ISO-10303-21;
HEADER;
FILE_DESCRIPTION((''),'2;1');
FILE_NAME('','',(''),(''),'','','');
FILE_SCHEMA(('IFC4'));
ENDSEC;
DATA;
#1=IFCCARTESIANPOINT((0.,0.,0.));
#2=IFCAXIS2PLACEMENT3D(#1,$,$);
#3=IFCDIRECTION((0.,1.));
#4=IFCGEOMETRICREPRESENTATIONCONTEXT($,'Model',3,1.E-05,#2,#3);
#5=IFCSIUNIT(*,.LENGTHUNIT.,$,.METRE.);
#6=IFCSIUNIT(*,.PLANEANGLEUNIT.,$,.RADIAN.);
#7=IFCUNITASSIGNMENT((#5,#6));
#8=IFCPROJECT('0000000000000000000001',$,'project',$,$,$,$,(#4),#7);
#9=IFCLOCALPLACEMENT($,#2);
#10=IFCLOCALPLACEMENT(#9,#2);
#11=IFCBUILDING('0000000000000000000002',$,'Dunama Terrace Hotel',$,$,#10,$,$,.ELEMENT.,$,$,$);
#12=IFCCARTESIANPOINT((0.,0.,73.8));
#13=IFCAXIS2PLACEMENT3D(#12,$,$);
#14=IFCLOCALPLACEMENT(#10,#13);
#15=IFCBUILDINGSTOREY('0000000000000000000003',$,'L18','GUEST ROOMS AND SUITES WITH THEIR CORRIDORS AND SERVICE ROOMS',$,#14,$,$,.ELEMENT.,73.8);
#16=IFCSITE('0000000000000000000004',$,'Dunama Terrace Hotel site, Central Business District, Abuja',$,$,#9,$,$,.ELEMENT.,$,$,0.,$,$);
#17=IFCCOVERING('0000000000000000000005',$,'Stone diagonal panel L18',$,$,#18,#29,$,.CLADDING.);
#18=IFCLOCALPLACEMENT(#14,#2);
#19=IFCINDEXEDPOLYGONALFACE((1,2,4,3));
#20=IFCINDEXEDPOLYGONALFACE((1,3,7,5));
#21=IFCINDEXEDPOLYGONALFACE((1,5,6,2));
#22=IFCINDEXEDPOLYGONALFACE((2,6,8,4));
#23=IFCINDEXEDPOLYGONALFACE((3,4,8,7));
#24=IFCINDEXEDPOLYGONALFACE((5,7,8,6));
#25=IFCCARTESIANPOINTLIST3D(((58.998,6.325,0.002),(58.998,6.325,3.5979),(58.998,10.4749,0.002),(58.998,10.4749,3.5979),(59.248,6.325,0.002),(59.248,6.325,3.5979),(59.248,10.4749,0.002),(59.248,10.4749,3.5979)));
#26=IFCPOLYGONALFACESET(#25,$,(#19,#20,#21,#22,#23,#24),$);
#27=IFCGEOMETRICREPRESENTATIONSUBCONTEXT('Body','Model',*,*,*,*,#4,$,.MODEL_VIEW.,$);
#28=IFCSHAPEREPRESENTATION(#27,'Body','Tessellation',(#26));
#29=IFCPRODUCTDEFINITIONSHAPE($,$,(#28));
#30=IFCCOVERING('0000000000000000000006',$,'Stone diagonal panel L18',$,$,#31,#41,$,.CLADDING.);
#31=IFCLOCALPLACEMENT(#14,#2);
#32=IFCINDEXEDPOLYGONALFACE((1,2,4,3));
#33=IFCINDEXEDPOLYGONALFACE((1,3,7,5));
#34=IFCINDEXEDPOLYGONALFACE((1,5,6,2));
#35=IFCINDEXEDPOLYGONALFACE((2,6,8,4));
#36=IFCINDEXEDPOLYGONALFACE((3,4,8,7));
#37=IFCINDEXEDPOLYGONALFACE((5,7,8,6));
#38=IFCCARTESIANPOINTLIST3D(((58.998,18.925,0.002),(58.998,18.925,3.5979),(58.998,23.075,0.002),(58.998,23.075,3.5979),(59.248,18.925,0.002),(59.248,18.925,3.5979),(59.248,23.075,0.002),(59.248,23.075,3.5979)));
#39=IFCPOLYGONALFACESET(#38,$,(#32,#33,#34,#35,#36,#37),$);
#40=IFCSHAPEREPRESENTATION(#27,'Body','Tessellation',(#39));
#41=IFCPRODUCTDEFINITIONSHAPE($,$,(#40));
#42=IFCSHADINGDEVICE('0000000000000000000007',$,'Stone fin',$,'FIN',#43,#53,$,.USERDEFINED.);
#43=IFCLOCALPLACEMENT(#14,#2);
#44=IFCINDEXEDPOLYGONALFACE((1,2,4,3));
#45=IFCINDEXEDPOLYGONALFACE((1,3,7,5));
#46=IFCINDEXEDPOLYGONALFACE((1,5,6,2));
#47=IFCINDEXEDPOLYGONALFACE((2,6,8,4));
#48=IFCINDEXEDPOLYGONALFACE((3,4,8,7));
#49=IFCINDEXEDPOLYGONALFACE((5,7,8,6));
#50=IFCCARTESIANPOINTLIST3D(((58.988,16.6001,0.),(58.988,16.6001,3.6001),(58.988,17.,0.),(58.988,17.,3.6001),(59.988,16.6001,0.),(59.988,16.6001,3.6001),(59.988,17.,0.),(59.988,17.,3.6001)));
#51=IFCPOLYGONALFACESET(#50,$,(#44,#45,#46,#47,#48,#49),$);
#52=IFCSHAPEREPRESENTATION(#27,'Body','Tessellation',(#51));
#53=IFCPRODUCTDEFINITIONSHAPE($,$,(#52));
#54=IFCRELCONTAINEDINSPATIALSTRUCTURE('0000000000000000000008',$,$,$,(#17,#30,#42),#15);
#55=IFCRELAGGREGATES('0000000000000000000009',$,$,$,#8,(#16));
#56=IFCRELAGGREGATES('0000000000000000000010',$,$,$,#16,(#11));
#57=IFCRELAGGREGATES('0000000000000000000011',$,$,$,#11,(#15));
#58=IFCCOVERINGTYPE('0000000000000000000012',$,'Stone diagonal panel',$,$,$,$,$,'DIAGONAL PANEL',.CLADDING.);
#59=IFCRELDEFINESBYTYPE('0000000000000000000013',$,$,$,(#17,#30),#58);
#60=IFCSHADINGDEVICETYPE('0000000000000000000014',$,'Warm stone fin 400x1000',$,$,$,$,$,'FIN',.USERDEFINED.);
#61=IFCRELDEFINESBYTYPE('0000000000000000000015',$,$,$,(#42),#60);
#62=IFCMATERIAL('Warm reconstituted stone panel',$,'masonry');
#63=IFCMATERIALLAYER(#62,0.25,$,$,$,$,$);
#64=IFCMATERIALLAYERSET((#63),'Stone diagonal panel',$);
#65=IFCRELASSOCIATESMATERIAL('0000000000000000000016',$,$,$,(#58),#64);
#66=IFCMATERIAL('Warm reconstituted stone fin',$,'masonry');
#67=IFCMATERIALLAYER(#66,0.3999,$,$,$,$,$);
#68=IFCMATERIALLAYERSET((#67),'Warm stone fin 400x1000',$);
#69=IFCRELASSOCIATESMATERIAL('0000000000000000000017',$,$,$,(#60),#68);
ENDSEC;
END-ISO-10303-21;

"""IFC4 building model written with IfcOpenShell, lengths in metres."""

from ifc_helpers import new_model, si_unit, direction, frame, origin, origin_2d, place, context, subcontext, project, spatial, rectangle, extrude, material, layer, layer_set, type_object, element, save


model = new_model("IFC4")

# Units and contexts
model_context = context("Model", 3, precision=1e-05, world=origin(), true_north=direction((0.0, 1.0)))
body_context = subcontext(model_context, "Body", "Model", "MODEL_VIEW")
ifc_project = project(units=[si_unit("LENGTHUNIT", "METRE"), si_unit("PLANEANGLEUNIT", "RADIAN")], contexts=[model_context])

# Site, building, storey
site_placement = place(None, origin())
site = spatial("IfcSite", under=ifc_project, at=site_placement, Name="Dunama Terrace Hotel site, Central Business District, Abuja", CompositionType="ELEMENT", RefElevation=0.0)
building_placement = place(site_placement, origin())
building = spatial("IfcBuilding", under=site, at=building_placement, Name="Dunama Terrace Hotel", CompositionType="ELEMENT")
storey_placement = place(building_placement, frame((0.0, 0.0, 73.8)))
storey = spatial("IfcBuildingStorey", under=building, at=storey_placement, Name="L18", Description="GUEST ROOMS AND SUITES WITH THEIR CORRIDORS AND SERVICE ROOMS", CompositionType="ELEMENT", Elevation=73.8)

# Coverings
ifc_material_1 = material(Name="Warm reconstituted stone panel", Category="masonry")
ifc_layer_1 = layer(ifc_material_1, 0.25)
ifc_layer_set_1 = layer_set([ifc_layer_1], Name="Stone diagonal panel")
covering_type = type_object("IfcCoveringType", Name="Stone diagonal panel", ElementType="DIAGONAL PANEL", PredefinedType="CLADDING", material=ifc_layer_set_1)
for number, where, z_axis, x_axis, name in (
    (1, (59.123, 8.3999, 0.002), (0.0, 0.0, 1.0), (0.0, 1.0, 0.0), "Stone diagonal panel L18"),
    (2, (59.123, 21.0, 0.002), (0.0, 0.0, 1.0), (0.0, 1.0, 0.0), "Stone diagonal panel L18"),
):
    element("IfcCovering", number, at=place(storey_placement, frame(where, z_axis=z_axis, x_axis=x_axis)), inside=storey, type_object=covering_type, Name=name, PredefinedType="CLADDING", context=body_context, shape_type="SweptSolid", body=[
        extrude(rectangle(XDim=4.1499, YDim=0.25, at=origin_2d()), origin(), (0.0, 0.0, 1.0), 3.5959),
    ])

# Shading device
ifc_material_2 = material(Name="Warm reconstituted stone fin", Category="masonry")
ifc_layer_2 = layer(ifc_material_2, 0.3999)
ifc_layer_set_2 = layer_set([ifc_layer_2], Name="Warm stone fin 400x1000")
shading_device_type = type_object("IfcShadingDeviceType", Name="Warm stone fin 400x1000", ElementType="FIN", PredefinedType="USERDEFINED", material=ifc_layer_set_2)
shading_device_placement = place(storey_placement, frame((59.488, 16.8, 0.0), z_axis=(0.0, 0.0, 1.0), x_axis=(0.0, 1.0, 0.0)))
element("IfcShadingDevice", 3, at=shading_device_placement, inside=storey, type_object=shading_device_type, Name="Stone fin", ObjectType="FIN", PredefinedType="USERDEFINED", context=body_context, shape_type="SweptSolid", body=[
    extrude(rectangle(XDim=0.3999, YDim=1.0, at=origin_2d()), origin(), (0.0, 0.0, 1.0), 3.6001),
])

save(model, "model.ifc")
